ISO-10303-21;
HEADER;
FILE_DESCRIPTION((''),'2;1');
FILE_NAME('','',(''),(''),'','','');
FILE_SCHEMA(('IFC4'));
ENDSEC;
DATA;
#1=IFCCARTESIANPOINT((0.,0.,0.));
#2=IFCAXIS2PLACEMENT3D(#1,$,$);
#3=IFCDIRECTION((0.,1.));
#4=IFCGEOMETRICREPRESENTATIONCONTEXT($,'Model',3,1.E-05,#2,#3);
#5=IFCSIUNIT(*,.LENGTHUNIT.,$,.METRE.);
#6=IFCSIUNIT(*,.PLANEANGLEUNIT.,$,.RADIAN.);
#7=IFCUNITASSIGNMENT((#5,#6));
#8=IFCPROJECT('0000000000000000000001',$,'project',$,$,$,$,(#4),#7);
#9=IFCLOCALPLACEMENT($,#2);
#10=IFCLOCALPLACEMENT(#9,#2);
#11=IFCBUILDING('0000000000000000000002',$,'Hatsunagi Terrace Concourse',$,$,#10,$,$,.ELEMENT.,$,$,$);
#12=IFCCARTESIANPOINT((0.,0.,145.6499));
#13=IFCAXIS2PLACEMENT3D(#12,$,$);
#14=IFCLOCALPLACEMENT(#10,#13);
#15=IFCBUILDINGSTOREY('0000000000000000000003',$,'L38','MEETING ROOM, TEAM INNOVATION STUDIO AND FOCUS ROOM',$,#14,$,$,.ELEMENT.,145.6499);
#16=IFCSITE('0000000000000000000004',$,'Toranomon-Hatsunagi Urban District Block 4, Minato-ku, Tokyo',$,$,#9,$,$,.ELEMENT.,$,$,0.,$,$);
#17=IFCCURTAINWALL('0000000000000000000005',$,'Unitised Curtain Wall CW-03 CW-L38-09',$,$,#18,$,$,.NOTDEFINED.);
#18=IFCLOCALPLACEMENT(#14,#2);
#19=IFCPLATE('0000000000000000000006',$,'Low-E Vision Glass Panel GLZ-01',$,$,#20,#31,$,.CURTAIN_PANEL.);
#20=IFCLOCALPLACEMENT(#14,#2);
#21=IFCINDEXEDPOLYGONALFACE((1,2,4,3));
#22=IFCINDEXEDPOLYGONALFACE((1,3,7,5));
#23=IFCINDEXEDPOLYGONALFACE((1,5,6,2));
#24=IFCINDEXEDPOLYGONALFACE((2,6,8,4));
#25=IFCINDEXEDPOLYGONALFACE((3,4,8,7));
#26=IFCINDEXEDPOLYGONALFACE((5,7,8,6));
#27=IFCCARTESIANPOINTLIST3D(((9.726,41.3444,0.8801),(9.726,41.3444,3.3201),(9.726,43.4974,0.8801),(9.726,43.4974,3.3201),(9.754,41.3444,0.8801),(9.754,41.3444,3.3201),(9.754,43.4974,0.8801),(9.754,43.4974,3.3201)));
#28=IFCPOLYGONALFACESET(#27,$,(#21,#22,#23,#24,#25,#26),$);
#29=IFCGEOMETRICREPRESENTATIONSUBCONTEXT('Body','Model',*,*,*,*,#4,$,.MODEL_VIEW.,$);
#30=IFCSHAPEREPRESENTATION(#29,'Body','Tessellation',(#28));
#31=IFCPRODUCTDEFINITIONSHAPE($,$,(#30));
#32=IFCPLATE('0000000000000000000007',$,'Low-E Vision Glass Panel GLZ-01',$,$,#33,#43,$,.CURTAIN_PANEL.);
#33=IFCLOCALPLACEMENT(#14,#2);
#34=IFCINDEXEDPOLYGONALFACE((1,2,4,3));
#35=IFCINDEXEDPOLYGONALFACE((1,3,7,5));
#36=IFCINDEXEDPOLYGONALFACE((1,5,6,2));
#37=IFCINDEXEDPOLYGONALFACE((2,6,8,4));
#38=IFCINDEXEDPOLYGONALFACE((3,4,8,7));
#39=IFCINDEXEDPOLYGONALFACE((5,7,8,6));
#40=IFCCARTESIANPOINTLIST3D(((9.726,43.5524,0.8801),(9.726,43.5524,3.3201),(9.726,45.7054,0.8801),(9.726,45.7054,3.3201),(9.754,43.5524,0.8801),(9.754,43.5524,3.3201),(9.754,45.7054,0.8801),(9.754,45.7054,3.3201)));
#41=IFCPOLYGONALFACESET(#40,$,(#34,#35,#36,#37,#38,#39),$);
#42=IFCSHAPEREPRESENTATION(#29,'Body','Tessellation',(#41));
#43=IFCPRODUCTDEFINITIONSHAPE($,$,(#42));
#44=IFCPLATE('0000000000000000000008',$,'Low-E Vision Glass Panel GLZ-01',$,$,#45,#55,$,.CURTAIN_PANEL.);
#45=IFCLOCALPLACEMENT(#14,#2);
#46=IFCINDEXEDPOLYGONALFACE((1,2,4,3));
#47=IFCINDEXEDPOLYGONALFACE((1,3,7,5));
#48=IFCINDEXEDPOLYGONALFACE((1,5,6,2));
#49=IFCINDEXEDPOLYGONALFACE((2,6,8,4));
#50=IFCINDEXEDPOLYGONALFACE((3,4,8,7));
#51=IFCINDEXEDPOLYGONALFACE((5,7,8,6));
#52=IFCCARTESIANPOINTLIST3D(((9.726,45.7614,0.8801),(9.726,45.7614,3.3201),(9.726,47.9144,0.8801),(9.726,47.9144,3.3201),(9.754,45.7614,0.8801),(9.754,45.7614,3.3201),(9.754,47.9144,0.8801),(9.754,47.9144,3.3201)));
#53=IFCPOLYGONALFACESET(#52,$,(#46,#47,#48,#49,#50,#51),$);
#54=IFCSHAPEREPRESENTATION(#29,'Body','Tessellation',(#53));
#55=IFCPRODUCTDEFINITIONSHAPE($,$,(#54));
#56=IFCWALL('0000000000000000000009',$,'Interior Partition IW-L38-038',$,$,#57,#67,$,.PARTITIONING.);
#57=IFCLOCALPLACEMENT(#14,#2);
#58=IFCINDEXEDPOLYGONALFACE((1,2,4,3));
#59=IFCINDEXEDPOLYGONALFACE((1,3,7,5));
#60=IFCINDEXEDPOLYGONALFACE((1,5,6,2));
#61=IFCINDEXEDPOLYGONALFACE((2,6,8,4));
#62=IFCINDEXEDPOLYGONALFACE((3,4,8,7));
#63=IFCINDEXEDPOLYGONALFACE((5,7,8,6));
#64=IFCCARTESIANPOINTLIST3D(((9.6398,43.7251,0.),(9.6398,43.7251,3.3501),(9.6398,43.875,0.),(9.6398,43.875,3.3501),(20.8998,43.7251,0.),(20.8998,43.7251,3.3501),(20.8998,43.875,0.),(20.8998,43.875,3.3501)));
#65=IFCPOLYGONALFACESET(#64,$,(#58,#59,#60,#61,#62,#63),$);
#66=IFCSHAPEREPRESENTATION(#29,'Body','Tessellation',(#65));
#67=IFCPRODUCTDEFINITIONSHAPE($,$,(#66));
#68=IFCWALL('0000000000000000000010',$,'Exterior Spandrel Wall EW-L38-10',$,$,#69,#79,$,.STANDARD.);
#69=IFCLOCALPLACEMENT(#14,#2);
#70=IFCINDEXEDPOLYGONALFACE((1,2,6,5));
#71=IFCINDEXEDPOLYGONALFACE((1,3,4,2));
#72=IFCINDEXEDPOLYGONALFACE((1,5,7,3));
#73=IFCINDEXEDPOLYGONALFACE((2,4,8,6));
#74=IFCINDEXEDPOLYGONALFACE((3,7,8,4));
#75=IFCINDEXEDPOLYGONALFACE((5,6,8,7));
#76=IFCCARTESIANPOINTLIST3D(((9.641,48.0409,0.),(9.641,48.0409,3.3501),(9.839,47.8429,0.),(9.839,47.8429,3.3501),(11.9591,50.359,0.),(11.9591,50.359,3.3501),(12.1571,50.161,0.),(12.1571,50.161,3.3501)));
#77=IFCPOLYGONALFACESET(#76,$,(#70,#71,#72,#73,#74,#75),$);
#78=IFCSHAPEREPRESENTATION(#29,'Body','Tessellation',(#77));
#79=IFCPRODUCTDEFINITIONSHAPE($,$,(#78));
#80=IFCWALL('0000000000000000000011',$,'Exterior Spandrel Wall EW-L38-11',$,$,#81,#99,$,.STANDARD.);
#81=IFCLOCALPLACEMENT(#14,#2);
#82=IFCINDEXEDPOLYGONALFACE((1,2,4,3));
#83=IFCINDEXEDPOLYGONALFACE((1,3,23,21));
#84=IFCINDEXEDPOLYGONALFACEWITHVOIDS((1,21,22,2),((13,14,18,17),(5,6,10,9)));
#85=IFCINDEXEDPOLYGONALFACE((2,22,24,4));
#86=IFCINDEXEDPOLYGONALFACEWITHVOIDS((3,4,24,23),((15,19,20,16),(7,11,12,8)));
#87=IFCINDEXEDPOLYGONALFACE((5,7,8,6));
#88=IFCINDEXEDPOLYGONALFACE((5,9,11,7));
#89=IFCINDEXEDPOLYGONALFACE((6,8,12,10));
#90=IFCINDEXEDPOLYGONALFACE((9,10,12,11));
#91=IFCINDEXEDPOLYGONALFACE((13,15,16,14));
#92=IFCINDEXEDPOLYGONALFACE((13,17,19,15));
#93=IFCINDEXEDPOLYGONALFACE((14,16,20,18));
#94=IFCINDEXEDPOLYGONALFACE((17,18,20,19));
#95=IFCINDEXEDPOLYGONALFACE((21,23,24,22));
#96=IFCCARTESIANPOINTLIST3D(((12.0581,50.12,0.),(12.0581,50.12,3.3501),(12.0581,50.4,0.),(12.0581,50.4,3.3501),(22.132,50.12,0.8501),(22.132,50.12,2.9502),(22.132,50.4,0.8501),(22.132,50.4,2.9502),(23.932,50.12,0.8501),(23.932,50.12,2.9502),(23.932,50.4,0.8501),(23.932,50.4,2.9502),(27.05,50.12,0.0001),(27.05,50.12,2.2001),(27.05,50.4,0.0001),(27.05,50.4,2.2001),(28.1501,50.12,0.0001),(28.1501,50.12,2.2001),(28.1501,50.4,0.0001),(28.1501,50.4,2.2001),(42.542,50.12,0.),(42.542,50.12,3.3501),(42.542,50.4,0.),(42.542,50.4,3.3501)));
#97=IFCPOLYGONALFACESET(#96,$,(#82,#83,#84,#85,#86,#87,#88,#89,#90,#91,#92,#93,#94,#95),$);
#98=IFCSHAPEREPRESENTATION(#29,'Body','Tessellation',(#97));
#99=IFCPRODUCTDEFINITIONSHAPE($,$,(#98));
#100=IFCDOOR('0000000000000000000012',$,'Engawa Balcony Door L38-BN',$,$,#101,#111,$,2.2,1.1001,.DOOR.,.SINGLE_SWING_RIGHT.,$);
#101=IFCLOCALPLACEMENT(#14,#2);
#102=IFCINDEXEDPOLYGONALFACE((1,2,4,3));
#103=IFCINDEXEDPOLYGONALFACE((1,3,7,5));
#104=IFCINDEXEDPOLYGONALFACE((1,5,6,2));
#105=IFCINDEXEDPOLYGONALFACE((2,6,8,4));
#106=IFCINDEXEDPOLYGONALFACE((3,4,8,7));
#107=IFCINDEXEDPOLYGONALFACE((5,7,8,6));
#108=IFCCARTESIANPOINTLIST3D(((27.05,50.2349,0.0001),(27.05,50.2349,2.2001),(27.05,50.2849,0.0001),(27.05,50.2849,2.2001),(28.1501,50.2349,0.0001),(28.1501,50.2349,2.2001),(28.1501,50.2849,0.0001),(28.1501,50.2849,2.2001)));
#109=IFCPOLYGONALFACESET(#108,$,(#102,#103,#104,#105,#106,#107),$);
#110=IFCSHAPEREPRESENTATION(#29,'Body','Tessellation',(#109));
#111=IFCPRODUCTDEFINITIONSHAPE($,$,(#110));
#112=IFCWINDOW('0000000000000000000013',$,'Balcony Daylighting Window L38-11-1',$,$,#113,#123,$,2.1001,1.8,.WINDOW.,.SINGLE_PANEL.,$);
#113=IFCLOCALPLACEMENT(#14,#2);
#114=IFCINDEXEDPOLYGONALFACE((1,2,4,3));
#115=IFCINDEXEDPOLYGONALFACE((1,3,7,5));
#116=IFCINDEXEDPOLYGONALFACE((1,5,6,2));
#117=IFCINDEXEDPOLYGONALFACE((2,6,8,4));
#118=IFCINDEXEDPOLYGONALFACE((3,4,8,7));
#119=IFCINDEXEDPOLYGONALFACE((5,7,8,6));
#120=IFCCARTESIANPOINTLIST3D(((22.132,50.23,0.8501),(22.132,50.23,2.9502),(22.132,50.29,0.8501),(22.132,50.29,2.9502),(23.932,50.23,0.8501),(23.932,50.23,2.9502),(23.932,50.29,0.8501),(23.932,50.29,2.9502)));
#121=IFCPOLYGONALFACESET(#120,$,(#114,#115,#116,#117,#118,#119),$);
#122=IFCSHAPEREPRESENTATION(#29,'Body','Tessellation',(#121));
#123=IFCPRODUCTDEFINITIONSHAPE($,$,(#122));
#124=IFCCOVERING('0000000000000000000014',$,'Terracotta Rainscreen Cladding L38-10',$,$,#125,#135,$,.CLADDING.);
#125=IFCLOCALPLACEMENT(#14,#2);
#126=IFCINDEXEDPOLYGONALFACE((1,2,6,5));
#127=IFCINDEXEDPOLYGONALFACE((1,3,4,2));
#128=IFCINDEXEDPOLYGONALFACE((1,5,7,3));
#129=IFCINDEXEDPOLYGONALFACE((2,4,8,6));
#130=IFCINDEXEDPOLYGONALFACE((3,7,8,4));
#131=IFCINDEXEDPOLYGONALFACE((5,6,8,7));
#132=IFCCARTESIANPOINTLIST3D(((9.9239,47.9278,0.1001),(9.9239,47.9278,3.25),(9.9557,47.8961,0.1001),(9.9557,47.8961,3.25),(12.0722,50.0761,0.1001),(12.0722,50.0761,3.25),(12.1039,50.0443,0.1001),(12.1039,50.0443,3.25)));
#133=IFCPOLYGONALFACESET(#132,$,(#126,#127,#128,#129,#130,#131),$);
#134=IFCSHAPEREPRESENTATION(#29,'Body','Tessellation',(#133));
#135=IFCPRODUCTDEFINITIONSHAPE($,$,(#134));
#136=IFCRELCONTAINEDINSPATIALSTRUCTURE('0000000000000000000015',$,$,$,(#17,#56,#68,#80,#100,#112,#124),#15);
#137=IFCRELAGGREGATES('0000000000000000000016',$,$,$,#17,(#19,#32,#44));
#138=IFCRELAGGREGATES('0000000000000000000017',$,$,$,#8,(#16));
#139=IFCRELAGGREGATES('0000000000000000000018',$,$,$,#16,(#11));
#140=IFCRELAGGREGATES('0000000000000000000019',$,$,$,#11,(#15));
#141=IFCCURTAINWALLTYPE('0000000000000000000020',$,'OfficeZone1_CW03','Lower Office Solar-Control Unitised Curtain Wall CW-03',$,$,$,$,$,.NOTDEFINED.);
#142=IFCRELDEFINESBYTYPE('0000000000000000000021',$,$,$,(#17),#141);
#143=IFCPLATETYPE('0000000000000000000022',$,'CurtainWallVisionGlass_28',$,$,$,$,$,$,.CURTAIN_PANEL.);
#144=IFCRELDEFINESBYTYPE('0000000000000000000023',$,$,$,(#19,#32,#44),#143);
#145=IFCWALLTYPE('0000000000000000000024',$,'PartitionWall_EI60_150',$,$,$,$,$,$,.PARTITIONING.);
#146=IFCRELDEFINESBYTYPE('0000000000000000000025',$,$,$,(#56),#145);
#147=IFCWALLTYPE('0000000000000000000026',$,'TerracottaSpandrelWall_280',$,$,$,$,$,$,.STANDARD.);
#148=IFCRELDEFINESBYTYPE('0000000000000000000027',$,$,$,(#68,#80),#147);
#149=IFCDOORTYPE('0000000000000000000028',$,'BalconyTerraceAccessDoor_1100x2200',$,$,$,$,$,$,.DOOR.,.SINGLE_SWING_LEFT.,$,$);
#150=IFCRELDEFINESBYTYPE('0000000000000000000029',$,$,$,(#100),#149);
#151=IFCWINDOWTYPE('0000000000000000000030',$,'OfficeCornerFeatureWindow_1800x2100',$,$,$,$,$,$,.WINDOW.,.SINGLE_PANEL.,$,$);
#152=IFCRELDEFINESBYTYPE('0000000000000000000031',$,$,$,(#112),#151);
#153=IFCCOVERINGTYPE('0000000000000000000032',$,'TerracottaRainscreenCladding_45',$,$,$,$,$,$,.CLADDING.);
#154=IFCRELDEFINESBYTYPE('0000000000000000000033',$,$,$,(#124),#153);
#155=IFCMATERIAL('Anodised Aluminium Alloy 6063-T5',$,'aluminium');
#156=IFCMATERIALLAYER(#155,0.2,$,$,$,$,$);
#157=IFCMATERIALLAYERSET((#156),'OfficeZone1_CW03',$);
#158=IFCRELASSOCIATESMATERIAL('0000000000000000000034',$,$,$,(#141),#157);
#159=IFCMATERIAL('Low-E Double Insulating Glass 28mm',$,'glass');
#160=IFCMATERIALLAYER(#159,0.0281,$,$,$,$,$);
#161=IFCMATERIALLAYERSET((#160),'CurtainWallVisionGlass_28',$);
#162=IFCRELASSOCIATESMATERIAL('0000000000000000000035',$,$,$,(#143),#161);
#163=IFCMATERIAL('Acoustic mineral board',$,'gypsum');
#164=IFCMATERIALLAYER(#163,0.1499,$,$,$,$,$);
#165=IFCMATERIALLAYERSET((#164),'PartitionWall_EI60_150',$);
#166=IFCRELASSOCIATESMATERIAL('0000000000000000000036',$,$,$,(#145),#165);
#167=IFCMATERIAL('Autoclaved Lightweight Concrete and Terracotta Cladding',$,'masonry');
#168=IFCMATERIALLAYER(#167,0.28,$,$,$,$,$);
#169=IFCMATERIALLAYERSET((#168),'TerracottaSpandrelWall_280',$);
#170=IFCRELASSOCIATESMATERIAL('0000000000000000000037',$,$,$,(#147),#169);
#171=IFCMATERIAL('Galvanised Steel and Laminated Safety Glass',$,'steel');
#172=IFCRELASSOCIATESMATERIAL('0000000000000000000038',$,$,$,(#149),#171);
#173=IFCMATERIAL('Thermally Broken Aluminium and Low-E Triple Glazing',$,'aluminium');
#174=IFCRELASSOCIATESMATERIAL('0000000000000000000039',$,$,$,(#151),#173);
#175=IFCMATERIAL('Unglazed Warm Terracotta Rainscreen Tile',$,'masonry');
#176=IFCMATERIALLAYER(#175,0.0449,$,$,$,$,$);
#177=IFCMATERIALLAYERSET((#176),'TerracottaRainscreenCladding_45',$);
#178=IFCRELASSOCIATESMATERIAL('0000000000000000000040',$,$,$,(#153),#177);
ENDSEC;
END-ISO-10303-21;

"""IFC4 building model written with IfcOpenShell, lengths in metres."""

from ifc_helpers import new_model, si_unit, direction, frame, frame_2d, origin, origin_2d, place, context, subcontext, project, spatial, rectangle, extrude, material, layer, layer_set, type_object, element, fill, aggregate, save


model = new_model("IFC4")

# Units and contexts
model_context = context("Model", 3, precision=1e-05, world=origin(), true_north=direction((0.0, 1.0)))
body_context = subcontext(model_context, "Body", "Model", "MODEL_VIEW")
ifc_project = project(units=[si_unit("LENGTHUNIT", "METRE"), si_unit("PLANEANGLEUNIT", "RADIAN")], contexts=[model_context])

# Site, building, storey
site_placement = place(None, origin())
site = spatial("IfcSite", under=ifc_project, at=site_placement, Name="Toranomon-Hatsunagi Urban District Block 4, Minato-ku, Tokyo", CompositionType="ELEMENT", RefElevation=0.0)
building_placement = place(site_placement, origin())
building = spatial("IfcBuilding", under=site, at=building_placement, Name="Hatsunagi Terrace Concourse", CompositionType="ELEMENT")
storey_placement = place(building_placement, frame((0.0, 0.0, 145.6499)))
storey = spatial("IfcBuildingStorey", under=building, at=storey_placement, Name="L38", Description="MEETING ROOM, TEAM INNOVATION STUDIO AND FOCUS ROOM", CompositionType="ELEMENT", Elevation=145.6499)

# Curtain wall
ifc_material_1 = material(Name="Anodised Aluminium Alloy 6063-T5", Category="aluminium")
ifc_layer_1 = layer(ifc_material_1, 0.2)
ifc_layer_set_1 = layer_set([ifc_layer_1], Name="OfficeZone1_CW03")
curtain_wall_type = type_object("IfcCurtainWallType", Name="OfficeZone1_CW03", Description="Lower Office Solar-Control Unitised Curtain Wall CW-03", PredefinedType="NOTDEFINED", material=ifc_layer_set_1)
curtain_wall_placement = place(storey_placement, origin())
curtain_wall = element("IfcCurtainWall", 1, at=curtain_wall_placement, inside=storey, type_object=curtain_wall_type, Name="Unitised Curtain Wall CW-03 CW-L38-09", PredefinedType="NOTDEFINED")

# Plates
ifc_material_2 = material(Name="Low-E Double Insulating Glass 28mm", Category="glass")
ifc_layer_2 = layer(ifc_material_2, 0.0281)
ifc_layer_set_2 = layer_set([ifc_layer_2], Name="CurtainWallVisionGlass_28")
plate_type_1 = type_object("IfcPlateType", Name="CurtainWallVisionGlass_28", PredefinedType="CURTAIN_PANEL", material=ifc_layer_set_2)
plate_1_placement = place(storey_placement, frame((9.74, 42.4209, 0.8801), z_axis=(0.0, 0.0, 1.0), x_axis=(0.0, 1.0, 0.0)))
plate_1 = element("IfcPlate", 2, at=plate_1_placement, type_object=plate_type_1, Name="Low-E Vision Glass Panel GLZ-01", PredefinedType="CURTAIN_PANEL", context=body_context, shape_type="SweptSolid", body=[
    extrude(rectangle(XDim=2.1531, YDim=0.0281, at=origin_2d()), origin(), (0.0, 0.0, 1.0), 2.4399),
])
plate_2_placement = place(storey_placement, frame((9.74, 44.6289, 0.8801), z_axis=(0.0, 0.0, 1.0), x_axis=(0.0, 1.0, 0.0)))
plate_2 = element("IfcPlate", 3, at=plate_2_placement, type_object=plate_type_1, Name="Low-E Vision Glass Panel GLZ-01", PredefinedType="CURTAIN_PANEL", context=body_context, shape_type="SweptSolid", body=[
    extrude(rectangle(XDim=2.1531, YDim=0.0281, at=origin_2d()), origin(), (0.0, 0.0, 1.0), 2.4399),
])
plate_3_placement = place(storey_placement, frame((9.74, 46.8379, 0.8801), z_axis=(0.0, 0.0, 1.0), x_axis=(0.0, 1.0, 0.0)))
plate_3 = element("IfcPlate", 4, at=plate_3_placement, type_object=plate_type_1, Name="Low-E Vision Glass Panel GLZ-01", PredefinedType="CURTAIN_PANEL", context=body_context, shape_type="SweptSolid", body=[
    extrude(rectangle(XDim=2.1531, YDim=0.0281, at=origin_2d()), origin(), (0.0, 0.0, 1.0), 2.4399),
])
aggregate(curtain_wall, [plate_1, plate_2, plate_3])

# Walls
ifc_material_3 = material(Name="Acoustic mineral board", Category="gypsum")
ifc_layer_3 = layer(ifc_material_3, 0.1499)
ifc_layer_set_3 = layer_set([ifc_layer_3], Name="PartitionWall_EI60_150")
wall_type_1 = type_object("IfcWallType", Name="PartitionWall_EI60_150", PredefinedType="PARTITIONING", material=ifc_layer_set_3)
wall_1_placement = place(storey_placement, frame((9.6399, 43.8, 0.0), z_axis=(0.0, 0.0, 1.0), x_axis=(1.0, 0.0, 0.0)))
element("IfcWall", 5, at=wall_1_placement, inside=storey, type_object=wall_type_1, Name="Interior Partition IW-L38-038", PredefinedType="PARTITIONING", context=body_context, shape_type="SweptSolid", body=[
    extrude(rectangle(XDim=11.26, YDim=0.1499, at=frame_2d((5.6299, 0.0))), origin(), (0.0, 0.0, 1.0), 3.3501),
])
ifc_material_4 = material(Name="Autoclaved Lightweight Concrete and Terracotta Cladding", Category="masonry")
ifc_layer_4 = layer(ifc_material_4, 0.28)
ifc_layer_set_4 = layer_set([ifc_layer_4], Name="TerracottaSpandrelWall_280")
wall_type_2 = type_object("IfcWallType", Name="TerracottaSpandrelWall_280", PredefinedType="STANDARD", material=ifc_layer_set_4)
wall_2_placement = place(storey_placement, frame((9.74, 47.9419, 0.0), z_axis=(0.0, 0.0, 1.0), x_axis=(0.707107, 0.707107, 0.0)))
element("IfcWall", 6, at=wall_2_placement, inside=storey, type_object=wall_type_2, Name="Exterior Spandrel Wall EW-L38-10", PredefinedType="STANDARD", context=body_context, shape_type="SweptSolid", body=[
    extrude(rectangle(XDim=3.2783, YDim=0.28, at=frame_2d((1.6392, 0.0))), origin(), (0.0, 0.0, 1.0), 3.3501),
])

# Wall, openings, door, window
wall_3_placement = place(storey_placement, frame((12.0581, 50.26, 0.0), z_axis=(0.0, 0.0, 1.0), x_axis=(1.0, 0.0, 0.0)))
wall_3 = element("IfcWall", 7, at=wall_3_placement, inside=storey, type_object=wall_type_2, Name="Exterior Spandrel Wall EW-L38-11", PredefinedType="STANDARD", context=body_context, shape_type="SweptSolid", body=[
    extrude(rectangle(XDim=30.4839, YDim=0.28, at=frame_2d((15.2419, 0.0))), origin(), (0.0, 0.0, 1.0), 3.3501),
])
opening_1_placement = place(wall_3_placement, frame((14.9919, 0.0, 0.0)))
opening_1 = element("IfcOpeningElement", 8, at=opening_1_placement, cuts=wall_3, PredefinedType="OPENING", context=body_context, shape_type="SweptSolid", body=[
    extrude(rectangle(XDim=1.1001, YDim=2.2, at=frame_2d((0.55, 1.1001))), frame((0.0, 0.1499, 0.0), z_axis=(0.0, -1.0, 0.0), x_axis=(1.0, 0.0, 0.0)), (0.0, 0.0, 1.0), 0.3),
])
opening_2_placement = place(wall_3_placement, frame((10.074, 0.0, 0.8501)))
opening_2 = element("IfcOpeningElement", 9, at=opening_2_placement, cuts=wall_3, PredefinedType="OPENING", context=body_context, shape_type="SweptSolid", body=[
    extrude(rectangle(XDim=1.8, YDim=2.1001, at=frame_2d((0.8999, 1.05))), frame((0.0, 0.1499, 0.0), z_axis=(0.0, -1.0, 0.0), x_axis=(1.0, 0.0, 0.0)), (0.0, 0.0, 1.0), 0.3),
])
ifc_material_5 = material(Name="Galvanised Steel and Laminated Safety Glass", Category="steel")
door_type = type_object("IfcDoorType", Name="BalconyTerraceAccessDoor_1100x2200", OperationType="SINGLE_SWING_LEFT", PredefinedType="DOOR", material=ifc_material_5)
door_placement = place(opening_1_placement, origin())
door = element("IfcDoor", 10, at=door_placement, inside=storey, type_object=door_type, Name="Engawa Balcony Door L38-BN", OperationType="SINGLE_SWING_RIGHT", OverallHeight=2.2, OverallWidth=1.1001, PredefinedType="DOOR", context=body_context, shape_type="SweptSolid", body=[
    extrude(rectangle(XDim=1.1001, YDim=2.2, at=frame_2d((0.55, 1.1001))), frame((0.0, 0.0249, 0.0), z_axis=(0.0, -1.0, 0.0), x_axis=(1.0, 0.0, 0.0)), (0.0, 0.0, 1.0), 0.05),
])
fill(opening_1, door)
ifc_material_6 = material(Name="Thermally Broken Aluminium and Low-E Triple Glazing", Category="aluminium")
window_type = type_object("IfcWindowType", Name="OfficeCornerFeatureWindow_1800x2100", PartitioningType="SINGLE_PANEL", PredefinedType="WINDOW", material=ifc_material_6)
window_placement = place(opening_2_placement, origin())
window = element("IfcWindow", 11, at=window_placement, inside=storey, type_object=window_type, Name="Balcony Daylighting Window L38-11-1", OverallHeight=2.1001, OverallWidth=1.8, PartitioningType="SINGLE_PANEL", PredefinedType="WINDOW", context=body_context, shape_type="SweptSolid", body=[
    extrude(rectangle(XDim=1.8, YDim=2.1001, at=frame_2d((0.8999, 1.05))), frame((0.0, 0.03, 0.0), z_axis=(0.0, -1.0, 0.0), x_axis=(1.0, 0.0, 0.0)), (0.0, 0.0, 1.0), 0.0601),
])
fill(opening_2, window)

# Covering
ifc_material_7 = material(Name="Unglazed Warm Terracotta Rainscreen Tile", Category="masonry")
ifc_layer_5 = layer(ifc_material_7, 0.0449)
ifc_layer_set_5 = layer_set([ifc_layer_5], Name="TerracottaRainscreenCladding_45")
covering_type = type_object("IfcCoveringType", Name="TerracottaRainscreenCladding_45", PredefinedType="CLADDING", material=ifc_layer_set_5)
covering_placement = place(storey_placement, frame((11.0139, 48.9861, 0.1001), z_axis=(0.0, 0.0, 1.0), x_axis=(0.707107, 0.707107, 0.0)))
element("IfcCovering", 12, at=covering_placement, inside=storey, type_object=covering_type, Name="Terracotta Rainscreen Cladding L38-10", PredefinedType="CLADDING", context=body_context, shape_type="SweptSolid", body=[
    extrude(rectangle(XDim=3.0381, YDim=0.0449, at=origin_2d()), origin(), (0.0, 0.0, 1.0), 3.1499),
])

save(model, "model.ifc")
